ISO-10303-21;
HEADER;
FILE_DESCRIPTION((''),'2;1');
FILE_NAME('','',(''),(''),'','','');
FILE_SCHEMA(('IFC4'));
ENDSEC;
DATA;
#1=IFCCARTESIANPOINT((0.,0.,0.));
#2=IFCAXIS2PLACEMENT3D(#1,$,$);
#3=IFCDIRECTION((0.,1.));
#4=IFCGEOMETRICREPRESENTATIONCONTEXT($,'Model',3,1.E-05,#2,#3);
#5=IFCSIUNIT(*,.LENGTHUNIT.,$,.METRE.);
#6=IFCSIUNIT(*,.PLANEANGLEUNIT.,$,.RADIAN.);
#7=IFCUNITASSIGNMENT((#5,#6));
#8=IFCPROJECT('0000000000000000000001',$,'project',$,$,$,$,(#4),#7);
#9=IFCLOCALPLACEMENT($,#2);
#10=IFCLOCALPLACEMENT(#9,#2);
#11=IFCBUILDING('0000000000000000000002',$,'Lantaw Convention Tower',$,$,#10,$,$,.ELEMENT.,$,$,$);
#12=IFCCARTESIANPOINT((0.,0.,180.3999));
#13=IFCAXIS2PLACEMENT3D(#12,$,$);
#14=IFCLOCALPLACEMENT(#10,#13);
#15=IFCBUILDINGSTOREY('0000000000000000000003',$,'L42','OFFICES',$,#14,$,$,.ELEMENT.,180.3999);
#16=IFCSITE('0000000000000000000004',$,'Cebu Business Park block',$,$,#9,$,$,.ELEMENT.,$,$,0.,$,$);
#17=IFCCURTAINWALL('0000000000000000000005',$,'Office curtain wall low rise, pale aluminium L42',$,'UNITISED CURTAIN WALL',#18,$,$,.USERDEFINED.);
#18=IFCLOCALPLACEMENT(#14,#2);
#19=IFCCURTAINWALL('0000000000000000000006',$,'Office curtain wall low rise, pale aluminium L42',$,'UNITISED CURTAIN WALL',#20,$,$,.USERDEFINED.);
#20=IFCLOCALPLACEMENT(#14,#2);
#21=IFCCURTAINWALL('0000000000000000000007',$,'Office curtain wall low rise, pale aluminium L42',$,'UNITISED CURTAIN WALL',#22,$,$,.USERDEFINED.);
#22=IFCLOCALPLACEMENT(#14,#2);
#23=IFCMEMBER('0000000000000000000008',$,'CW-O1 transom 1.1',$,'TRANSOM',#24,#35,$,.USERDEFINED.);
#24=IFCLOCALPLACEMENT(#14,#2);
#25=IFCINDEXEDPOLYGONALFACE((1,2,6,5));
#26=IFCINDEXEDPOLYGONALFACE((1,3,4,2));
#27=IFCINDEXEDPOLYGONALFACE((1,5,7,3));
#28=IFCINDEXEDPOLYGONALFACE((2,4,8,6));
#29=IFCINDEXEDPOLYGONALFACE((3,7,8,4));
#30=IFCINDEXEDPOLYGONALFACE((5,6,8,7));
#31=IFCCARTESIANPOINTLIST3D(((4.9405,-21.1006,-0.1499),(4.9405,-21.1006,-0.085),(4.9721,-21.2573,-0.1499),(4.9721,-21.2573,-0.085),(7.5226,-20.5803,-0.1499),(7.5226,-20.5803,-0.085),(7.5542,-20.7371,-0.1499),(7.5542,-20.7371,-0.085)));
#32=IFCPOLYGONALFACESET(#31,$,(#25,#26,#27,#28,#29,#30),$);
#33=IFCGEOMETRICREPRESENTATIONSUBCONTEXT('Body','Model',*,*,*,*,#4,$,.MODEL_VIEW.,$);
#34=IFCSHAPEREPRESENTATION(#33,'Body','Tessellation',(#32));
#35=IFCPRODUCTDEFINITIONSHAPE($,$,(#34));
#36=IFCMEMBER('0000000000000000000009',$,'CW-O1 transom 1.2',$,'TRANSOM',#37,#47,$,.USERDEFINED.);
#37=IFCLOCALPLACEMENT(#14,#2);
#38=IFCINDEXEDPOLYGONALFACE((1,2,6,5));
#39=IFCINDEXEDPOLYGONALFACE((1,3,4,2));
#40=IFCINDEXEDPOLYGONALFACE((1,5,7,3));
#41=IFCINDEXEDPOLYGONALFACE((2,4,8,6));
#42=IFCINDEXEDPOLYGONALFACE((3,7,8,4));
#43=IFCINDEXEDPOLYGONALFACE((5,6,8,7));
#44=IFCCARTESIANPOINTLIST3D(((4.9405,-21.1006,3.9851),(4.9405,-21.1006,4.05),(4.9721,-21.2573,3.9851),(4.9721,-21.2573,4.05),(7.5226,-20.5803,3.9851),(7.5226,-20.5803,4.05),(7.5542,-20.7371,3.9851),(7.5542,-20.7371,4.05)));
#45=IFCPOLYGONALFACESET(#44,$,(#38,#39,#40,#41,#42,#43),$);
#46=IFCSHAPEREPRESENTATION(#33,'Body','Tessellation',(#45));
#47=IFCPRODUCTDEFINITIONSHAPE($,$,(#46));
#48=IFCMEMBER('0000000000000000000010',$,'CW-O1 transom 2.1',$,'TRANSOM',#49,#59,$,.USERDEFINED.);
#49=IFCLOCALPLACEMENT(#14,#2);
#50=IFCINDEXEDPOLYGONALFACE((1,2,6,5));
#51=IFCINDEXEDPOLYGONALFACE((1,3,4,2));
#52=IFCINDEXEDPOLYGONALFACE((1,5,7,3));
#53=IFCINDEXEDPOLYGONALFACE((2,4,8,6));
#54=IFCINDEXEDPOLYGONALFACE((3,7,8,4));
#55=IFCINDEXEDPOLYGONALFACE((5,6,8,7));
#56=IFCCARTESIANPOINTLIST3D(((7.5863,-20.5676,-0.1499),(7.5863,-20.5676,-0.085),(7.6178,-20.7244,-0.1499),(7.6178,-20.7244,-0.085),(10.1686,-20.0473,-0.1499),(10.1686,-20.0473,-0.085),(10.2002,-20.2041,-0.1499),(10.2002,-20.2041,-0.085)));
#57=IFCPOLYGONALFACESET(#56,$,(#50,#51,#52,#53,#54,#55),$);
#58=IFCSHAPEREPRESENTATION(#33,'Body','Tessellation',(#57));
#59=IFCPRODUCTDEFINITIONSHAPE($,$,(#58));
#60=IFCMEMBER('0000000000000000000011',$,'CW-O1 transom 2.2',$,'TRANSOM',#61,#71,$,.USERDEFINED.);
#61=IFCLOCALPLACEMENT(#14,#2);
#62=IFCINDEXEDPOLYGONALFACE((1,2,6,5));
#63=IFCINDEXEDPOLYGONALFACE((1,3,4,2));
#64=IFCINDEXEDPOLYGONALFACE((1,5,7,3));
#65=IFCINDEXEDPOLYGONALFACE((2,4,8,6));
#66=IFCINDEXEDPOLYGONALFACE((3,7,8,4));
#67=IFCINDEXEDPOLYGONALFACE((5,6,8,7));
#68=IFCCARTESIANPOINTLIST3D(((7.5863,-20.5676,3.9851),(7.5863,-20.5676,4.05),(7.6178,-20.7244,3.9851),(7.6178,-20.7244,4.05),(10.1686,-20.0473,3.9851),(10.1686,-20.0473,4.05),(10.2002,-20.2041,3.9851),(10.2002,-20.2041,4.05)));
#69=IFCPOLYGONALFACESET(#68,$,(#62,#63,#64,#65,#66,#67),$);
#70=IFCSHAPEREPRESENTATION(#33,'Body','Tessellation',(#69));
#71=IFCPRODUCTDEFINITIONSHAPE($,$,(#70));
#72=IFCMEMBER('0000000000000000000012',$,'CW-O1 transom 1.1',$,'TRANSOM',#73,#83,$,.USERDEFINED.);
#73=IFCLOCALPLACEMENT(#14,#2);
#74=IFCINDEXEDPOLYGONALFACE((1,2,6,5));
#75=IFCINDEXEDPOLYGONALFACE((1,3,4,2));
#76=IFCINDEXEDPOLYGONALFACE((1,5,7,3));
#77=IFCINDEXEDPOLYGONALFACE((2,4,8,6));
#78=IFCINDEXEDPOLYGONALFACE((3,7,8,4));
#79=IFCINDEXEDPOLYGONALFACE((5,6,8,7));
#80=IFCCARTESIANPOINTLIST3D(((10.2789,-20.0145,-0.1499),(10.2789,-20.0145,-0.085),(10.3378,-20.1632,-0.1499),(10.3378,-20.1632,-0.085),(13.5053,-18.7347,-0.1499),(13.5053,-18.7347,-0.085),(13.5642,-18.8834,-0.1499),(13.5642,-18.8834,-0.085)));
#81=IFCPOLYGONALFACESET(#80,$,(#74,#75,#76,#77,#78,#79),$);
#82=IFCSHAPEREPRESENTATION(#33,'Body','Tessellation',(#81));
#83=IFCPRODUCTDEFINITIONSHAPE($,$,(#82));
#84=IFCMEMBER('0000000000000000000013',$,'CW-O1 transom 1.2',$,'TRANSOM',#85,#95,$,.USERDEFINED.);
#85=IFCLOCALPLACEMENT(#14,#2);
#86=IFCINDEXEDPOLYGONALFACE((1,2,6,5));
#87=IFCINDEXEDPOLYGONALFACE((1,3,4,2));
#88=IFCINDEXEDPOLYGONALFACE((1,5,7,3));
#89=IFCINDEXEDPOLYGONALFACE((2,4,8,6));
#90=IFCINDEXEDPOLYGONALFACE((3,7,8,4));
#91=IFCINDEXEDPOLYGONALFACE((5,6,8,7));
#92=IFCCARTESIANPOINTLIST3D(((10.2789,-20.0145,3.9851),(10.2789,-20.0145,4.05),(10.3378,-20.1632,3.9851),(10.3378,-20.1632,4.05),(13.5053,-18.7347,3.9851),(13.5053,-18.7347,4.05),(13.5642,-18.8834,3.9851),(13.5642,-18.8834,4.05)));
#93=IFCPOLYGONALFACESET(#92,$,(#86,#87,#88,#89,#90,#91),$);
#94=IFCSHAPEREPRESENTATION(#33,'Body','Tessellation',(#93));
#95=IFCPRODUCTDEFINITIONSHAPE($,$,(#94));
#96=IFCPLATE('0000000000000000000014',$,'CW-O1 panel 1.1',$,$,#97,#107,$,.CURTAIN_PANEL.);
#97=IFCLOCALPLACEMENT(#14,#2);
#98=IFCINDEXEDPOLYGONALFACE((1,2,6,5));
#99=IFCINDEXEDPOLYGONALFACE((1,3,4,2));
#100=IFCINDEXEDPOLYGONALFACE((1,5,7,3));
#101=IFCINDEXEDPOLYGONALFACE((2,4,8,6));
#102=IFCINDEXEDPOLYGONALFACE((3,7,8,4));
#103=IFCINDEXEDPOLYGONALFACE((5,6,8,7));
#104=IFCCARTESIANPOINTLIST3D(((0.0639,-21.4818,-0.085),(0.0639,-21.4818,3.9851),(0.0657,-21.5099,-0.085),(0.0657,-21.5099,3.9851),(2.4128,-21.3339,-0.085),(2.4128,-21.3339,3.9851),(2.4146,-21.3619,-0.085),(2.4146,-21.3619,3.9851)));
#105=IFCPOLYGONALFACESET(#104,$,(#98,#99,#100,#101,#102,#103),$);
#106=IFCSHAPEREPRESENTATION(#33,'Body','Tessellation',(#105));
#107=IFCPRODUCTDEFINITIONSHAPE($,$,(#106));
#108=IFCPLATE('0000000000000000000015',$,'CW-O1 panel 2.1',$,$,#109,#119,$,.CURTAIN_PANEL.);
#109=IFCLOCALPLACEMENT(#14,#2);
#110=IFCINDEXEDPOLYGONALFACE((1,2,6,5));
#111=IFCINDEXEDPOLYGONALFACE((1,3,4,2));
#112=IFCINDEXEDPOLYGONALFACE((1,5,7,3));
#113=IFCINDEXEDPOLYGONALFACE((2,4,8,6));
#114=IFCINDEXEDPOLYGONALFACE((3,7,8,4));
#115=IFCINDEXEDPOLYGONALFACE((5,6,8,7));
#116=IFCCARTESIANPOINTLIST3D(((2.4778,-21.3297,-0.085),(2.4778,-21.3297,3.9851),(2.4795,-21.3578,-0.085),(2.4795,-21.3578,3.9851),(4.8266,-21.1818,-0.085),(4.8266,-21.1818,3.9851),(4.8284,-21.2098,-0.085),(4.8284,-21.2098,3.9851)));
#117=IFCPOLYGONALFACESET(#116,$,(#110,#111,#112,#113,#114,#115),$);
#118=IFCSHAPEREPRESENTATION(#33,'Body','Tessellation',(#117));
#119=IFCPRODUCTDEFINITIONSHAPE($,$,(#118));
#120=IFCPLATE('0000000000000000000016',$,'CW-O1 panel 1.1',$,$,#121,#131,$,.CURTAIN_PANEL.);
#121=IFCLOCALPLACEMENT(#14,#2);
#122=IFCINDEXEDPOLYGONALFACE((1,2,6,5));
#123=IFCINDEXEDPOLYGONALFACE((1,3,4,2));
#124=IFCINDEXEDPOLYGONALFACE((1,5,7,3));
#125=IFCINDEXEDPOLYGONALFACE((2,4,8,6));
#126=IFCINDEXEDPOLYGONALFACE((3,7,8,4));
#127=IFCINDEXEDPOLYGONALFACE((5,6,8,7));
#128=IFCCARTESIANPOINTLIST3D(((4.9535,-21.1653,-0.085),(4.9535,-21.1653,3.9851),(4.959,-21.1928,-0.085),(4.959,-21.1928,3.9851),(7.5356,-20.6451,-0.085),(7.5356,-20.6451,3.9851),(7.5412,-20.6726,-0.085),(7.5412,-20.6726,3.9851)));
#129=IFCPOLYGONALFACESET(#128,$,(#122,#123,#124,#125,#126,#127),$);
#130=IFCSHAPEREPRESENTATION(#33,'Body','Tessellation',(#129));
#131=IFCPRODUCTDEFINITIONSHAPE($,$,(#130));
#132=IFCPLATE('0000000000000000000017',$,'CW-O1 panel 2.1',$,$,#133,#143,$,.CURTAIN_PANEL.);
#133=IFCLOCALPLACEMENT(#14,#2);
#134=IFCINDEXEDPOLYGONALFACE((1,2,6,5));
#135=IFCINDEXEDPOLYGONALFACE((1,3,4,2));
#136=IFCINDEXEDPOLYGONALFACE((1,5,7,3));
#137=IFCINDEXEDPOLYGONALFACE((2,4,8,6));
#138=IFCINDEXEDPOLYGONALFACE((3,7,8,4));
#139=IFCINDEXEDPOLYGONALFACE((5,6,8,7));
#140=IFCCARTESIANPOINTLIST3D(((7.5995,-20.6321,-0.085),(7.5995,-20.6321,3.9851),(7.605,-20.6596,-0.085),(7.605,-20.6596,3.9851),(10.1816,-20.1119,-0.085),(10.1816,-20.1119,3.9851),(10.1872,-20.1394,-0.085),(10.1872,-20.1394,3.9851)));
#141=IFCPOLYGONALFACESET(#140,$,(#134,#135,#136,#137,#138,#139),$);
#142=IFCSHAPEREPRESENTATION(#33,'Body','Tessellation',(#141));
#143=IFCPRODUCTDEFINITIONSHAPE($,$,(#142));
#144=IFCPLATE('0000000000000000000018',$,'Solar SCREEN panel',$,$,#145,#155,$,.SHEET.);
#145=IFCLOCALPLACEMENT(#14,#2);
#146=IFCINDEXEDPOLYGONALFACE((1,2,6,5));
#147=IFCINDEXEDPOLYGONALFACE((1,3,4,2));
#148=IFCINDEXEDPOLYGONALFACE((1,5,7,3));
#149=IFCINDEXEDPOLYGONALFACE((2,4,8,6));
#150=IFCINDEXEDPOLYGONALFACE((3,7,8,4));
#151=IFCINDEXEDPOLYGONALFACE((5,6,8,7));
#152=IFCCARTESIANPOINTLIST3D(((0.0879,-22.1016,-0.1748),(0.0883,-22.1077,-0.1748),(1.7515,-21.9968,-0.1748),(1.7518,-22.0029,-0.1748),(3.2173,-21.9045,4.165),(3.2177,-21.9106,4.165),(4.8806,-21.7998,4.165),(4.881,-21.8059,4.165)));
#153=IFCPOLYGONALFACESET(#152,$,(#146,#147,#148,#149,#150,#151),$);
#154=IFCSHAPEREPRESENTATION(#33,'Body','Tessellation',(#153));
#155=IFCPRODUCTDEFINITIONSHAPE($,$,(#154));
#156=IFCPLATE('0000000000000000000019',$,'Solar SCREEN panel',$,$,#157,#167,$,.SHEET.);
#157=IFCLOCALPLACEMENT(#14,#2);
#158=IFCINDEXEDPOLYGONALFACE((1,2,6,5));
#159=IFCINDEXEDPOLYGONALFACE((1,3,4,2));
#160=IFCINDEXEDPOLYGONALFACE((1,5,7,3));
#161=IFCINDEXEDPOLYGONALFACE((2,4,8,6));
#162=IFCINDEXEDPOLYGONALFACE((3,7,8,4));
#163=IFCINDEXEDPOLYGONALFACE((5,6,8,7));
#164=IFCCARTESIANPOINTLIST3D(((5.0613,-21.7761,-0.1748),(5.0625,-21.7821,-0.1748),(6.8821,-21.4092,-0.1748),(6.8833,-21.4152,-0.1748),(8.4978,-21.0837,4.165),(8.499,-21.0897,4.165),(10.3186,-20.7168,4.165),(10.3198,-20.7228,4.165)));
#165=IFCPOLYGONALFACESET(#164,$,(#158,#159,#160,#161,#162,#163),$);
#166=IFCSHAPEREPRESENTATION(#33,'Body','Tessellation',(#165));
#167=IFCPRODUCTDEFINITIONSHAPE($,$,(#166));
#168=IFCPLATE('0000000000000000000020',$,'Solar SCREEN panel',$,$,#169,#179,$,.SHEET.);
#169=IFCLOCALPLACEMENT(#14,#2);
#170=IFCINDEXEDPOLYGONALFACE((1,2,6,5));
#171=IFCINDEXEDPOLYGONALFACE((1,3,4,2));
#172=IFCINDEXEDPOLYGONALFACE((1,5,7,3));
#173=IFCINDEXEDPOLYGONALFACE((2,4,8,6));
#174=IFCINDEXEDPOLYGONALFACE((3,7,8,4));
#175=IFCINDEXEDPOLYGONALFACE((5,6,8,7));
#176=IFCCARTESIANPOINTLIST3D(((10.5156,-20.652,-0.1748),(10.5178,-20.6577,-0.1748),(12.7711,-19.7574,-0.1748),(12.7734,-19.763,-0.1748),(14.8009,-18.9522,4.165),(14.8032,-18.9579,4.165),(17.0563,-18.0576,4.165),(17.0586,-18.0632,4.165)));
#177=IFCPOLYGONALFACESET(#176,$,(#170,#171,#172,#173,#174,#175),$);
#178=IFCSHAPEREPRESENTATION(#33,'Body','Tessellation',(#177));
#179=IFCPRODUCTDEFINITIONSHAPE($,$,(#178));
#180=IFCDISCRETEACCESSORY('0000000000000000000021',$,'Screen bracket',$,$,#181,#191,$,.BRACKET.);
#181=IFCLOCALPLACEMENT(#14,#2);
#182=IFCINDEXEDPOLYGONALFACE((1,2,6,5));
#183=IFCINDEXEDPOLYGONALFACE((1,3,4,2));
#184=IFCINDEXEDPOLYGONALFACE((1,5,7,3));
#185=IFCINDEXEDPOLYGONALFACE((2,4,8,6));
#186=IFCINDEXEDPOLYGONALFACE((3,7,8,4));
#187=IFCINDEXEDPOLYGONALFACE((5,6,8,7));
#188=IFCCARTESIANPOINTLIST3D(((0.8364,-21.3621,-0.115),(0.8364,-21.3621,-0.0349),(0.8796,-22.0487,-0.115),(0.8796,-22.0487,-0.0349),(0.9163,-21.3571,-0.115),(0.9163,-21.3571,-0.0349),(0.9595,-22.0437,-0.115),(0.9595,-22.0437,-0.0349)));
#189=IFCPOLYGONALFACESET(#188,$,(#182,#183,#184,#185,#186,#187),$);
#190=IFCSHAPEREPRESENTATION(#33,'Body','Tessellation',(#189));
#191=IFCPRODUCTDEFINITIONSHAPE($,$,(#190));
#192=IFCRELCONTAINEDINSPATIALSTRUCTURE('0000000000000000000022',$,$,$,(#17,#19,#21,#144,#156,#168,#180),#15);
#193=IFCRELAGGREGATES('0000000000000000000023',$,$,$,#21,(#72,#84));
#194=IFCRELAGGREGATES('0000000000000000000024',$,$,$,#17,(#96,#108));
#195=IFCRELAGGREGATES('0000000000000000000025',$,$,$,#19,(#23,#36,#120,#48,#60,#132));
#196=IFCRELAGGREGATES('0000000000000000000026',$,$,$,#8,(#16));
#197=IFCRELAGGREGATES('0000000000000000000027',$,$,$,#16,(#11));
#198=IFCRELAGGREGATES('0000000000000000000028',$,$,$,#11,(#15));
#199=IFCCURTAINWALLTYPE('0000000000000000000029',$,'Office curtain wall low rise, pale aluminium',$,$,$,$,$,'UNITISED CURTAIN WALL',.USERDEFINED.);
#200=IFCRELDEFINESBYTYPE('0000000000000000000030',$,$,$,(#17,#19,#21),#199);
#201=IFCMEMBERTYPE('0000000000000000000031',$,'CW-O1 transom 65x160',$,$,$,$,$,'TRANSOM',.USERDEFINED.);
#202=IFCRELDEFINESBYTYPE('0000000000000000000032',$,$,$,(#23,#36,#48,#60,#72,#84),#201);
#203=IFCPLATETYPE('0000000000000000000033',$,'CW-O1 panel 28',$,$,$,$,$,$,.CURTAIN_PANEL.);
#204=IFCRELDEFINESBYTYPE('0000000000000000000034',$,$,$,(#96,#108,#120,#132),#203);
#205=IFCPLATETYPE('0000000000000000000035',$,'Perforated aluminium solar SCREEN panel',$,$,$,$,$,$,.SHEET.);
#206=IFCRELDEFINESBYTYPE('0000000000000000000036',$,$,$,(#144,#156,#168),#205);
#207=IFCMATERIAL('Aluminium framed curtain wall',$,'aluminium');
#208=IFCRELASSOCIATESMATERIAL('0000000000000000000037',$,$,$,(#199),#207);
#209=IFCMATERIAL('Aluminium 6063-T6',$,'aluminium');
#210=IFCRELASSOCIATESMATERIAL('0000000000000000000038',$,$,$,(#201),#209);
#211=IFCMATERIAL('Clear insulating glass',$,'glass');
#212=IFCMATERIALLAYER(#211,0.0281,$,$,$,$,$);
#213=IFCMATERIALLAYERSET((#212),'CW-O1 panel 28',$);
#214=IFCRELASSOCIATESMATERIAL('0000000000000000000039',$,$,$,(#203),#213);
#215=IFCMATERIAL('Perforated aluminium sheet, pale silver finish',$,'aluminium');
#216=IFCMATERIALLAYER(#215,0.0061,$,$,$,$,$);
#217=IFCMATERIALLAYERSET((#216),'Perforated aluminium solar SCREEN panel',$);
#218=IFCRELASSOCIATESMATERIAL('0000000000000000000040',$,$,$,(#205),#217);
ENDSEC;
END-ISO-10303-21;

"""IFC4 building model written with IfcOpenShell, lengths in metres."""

from ifc_helpers import new_model, si_unit, direction, frame, origin, origin_2d, place, context, subcontext, project, spatial, polyline, rectangle, outline, extrude, material, layer, layer_set, material_profile, profile_set, type_object, element, aggregate, save


model = new_model("IFC4")

# Units and contexts
model_context = context("Model", 3, precision=1e-05, world=origin(), true_north=direction((0.0, 1.0)))
body_context = subcontext(model_context, "Body", "Model", "MODEL_VIEW")
ifc_project = project(units=[si_unit("LENGTHUNIT", "METRE"), si_unit("PLANEANGLEUNIT", "RADIAN")], contexts=[model_context])

# Site, building, storey
site_placement = place(None, origin())
site = spatial("IfcSite", under=ifc_project, at=site_placement, Name="Cebu Business Park block", CompositionType="ELEMENT", RefElevation=0.0)
building_placement = place(site_placement, origin())
building = spatial("IfcBuilding", under=site, at=building_placement, Name="Lantaw Convention Tower", CompositionType="ELEMENT")
storey_placement = place(building_placement, frame((0.0, 0.0, 180.3999)))
storey = spatial("IfcBuildingStorey", under=building, at=storey_placement, Name="L42", Description="OFFICES", CompositionType="ELEMENT", Elevation=180.3999)

# Curtain walls
ifc_material_1 = material(Name="Aluminium framed curtain wall", Category="aluminium")
curtain_wall_type = type_object("IfcCurtainWallType", Name="Office curtain wall low rise, pale aluminium", ElementType="UNITISED CURTAIN WALL", PredefinedType="USERDEFINED", material=ifc_material_1)
curtain_wall_1_placement = place(storey_placement, origin())
curtain_wall_1 = element("IfcCurtainWall", 1, at=curtain_wall_1_placement, inside=storey, type_object=curtain_wall_type, Name="Office curtain wall low rise, pale aluminium L42", ObjectType="UNITISED CURTAIN WALL", PredefinedType="USERDEFINED")
ifc_material_2 = material(Name="Aluminium 6063-T6", Category="aluminium")
curtain_wall_2_placement = place(storey_placement, origin())
curtain_wall_2 = element("IfcCurtainWall", 2, at=curtain_wall_2_placement, inside=storey, type_object=curtain_wall_type, Name="Office curtain wall low rise, pale aluminium L42", ObjectType="UNITISED CURTAIN WALL", PredefinedType="USERDEFINED")

# Curtain wall
curtain_wall_3_placement = place(storey_placement, origin())
curtain_wall_3 = element("IfcCurtainWall", 3, at=curtain_wall_3_placement, inside=storey, type_object=curtain_wall_type, Name="Office curtain wall low rise, pale aluminium L42", ObjectType="UNITISED CURTAIN WALL", PredefinedType="USERDEFINED")

# Members
ifc_material_profile_1 = material_profile(ifc_material_2, rectangle(XDim=0.1599, YDim=0.0649, at=origin_2d()), Name="CW-O1 transom 65x160")
ifc_profile_set_1 = profile_set([ifc_material_profile_1], Name="Aluminium 6063-T6")
member_type_1 = type_object("IfcMemberType", Name="CW-O1 transom 65x160", ElementType="TRANSOM", PredefinedType="USERDEFINED", material=ifc_profile_set_1)
member_1_placement = place(storey_placement, frame((4.9563, -21.179, -0.1174), z_axis=(0.980298, 0.197524, 0.0), x_axis=(-0.197524, 0.980298, 0.0)))
member_1 = element("IfcMember", 4, at=member_1_placement, type_object=member_type_1, Name="CW-O1 transom 1.1", ObjectType="TRANSOM", PredefinedType="USERDEFINED", context=body_context, shape_type="SweptSolid", body=[
    extrude(rectangle(XDim=0.1599, YDim=0.0649, at=origin_2d()), origin(), (0.0, 0.0, 1.0), 2.634),
])
member_2_placement = place(storey_placement, frame((4.9563, -21.179, 4.0176), z_axis=(0.980298, 0.197524, 0.0), x_axis=(-0.197524, 0.980298, 0.0)))
member_2 = element("IfcMember", 5, at=member_2_placement, type_object=member_type_1, Name="CW-O1 transom 1.2", ObjectType="TRANSOM", PredefinedType="USERDEFINED", context=body_context, shape_type="SweptSolid", body=[
    extrude(rectangle(XDim=0.1599, YDim=0.0649, at=origin_2d()), origin(), (0.0, 0.0, 1.0), 2.634),
])
member_3_placement = place(storey_placement, frame((7.6021, -20.646, -0.1174), z_axis=(0.980302, 0.197506, 0.0), x_axis=(-0.197506, 0.980302, 0.0)))
member_3 = element("IfcMember", 6, at=member_3_placement, type_object=member_type_1, Name="CW-O1 transom 2.1", ObjectType="TRANSOM", PredefinedType="USERDEFINED", context=body_context, shape_type="SweptSolid", body=[
    extrude(rectangle(XDim=0.1599, YDim=0.0649, at=origin_2d()), origin(), (0.0, 0.0, 1.0), 2.6343),
])
member_4_placement = place(storey_placement, frame((7.6021, -20.646, 4.0176), z_axis=(0.980302, 0.197506, 0.0), x_axis=(-0.197506, 0.980302, 0.0)))
member_4 = element("IfcMember", 7, at=member_4_placement, type_object=member_type_1, Name="CW-O1 transom 2.2", ObjectType="TRANSOM", PredefinedType="USERDEFINED", context=body_context, shape_type="SweptSolid", body=[
    extrude(rectangle(XDim=0.1599, YDim=0.0649, at=origin_2d()), origin(), (0.0, 0.0, 1.0), 2.6343),
])
member_5_placement = place(storey_placement, frame((10.3083, -20.0889, -0.1174), z_axis=(0.92954, 0.368721, 0.0), x_axis=(-0.368721, 0.92954, 0.0)))
member_5 = element("IfcMember", 8, at=member_5_placement, type_object=member_type_1, Name="CW-O1 transom 1.1", ObjectType="TRANSOM", PredefinedType="USERDEFINED", context=body_context, shape_type="SweptSolid", body=[
    extrude(rectangle(XDim=0.1599, YDim=0.0649, at=origin_2d()), origin(), (0.0, 0.0, 1.0), 3.4709),
])
member_6_placement = place(storey_placement, frame((10.3083, -20.0889, 4.0176), z_axis=(0.92954, 0.368721, 0.0), x_axis=(-0.368721, 0.92954, 0.0)))
member_6 = element("IfcMember", 9, at=member_6_placement, type_object=member_type_1, Name="CW-O1 transom 1.2", ObjectType="TRANSOM", PredefinedType="USERDEFINED", context=body_context, shape_type="SweptSolid", body=[
    extrude(rectangle(XDim=0.1599, YDim=0.0649, at=origin_2d()), origin(), (0.0, 0.0, 1.0), 3.4709),
])
aggregate(curtain_wall_3, [member_5, member_6])

# Plates
ifc_material_3 = material(Name="Clear insulating glass", Category="glass")
ifc_layer_1 = layer(ifc_material_3, 0.0281)
ifc_layer_set_1 = layer_set([ifc_layer_1], Name="CW-O1 panel 28")
plate_type_1 = type_object("IfcPlateType", Name="CW-O1 panel 28", PredefinedType="CURTAIN_PANEL", material=ifc_layer_set_1)
plate_1_placement = place(storey_placement, frame((1.2393, -21.4219, -0.085), z_axis=(0.0, 0.0, 1.0), x_axis=(0.998022, 0.062865, 0.0)))
plate_1 = element("IfcPlate", 10, at=plate_1_placement, type_object=plate_type_1, Name="CW-O1 panel 1.1", PredefinedType="CURTAIN_PANEL", context=body_context, shape_type="SweptSolid", body=[
    extrude(rectangle(XDim=2.3535, YDim=0.0281, at=origin_2d()), origin(), (0.0, 0.0, 1.0), 4.0701),
])
plate_2_placement = place(storey_placement, frame((3.6531, -21.2698, -0.085), z_axis=(0.0, 0.0, 1.0), x_axis=(0.998022, 0.062865, 0.0)))
plate_2 = element("IfcPlate", 11, at=plate_2_placement, type_object=plate_type_1, Name="CW-O1 panel 2.1", PredefinedType="CURTAIN_PANEL", context=body_context, shape_type="SweptSolid", body=[
    extrude(rectangle(XDim=2.3535, YDim=0.0281, at=origin_2d()), origin(), (0.0, 0.0, 1.0), 4.0701),
])
aggregate(curtain_wall_1, [plate_1, plate_2])
plate_3_placement = place(storey_placement, frame((6.2473, -20.9189, -0.085), z_axis=(0.0, 0.0, 1.0), x_axis=(0.980302, 0.197507, 0.0)))
plate_3 = element("IfcPlate", 12, at=plate_3_placement, type_object=plate_type_1, Name="CW-O1 panel 1.1", PredefinedType="CURTAIN_PANEL", context=body_context, shape_type="SweptSolid", body=[
    extrude(rectangle(XDim=2.634, YDim=0.0281, at=origin_2d()), origin(), (0.0, 0.0, 1.0), 4.0701),
])
plate_4_placement = place(storey_placement, frame((8.8933, -20.3857, -0.085), z_axis=(0.0, 0.0, 1.0), x_axis=(0.980302, 0.197507, 0.0)))
plate_4 = element("IfcPlate", 13, at=plate_4_placement, type_object=plate_type_1, Name="CW-O1 panel 2.1", PredefinedType="CURTAIN_PANEL", context=body_context, shape_type="SweptSolid", body=[
    extrude(rectangle(XDim=2.634, YDim=0.0281, at=origin_2d()), origin(), (0.0, 0.0, 1.0), 4.0701),
])
aggregate(curtain_wall_2, [member_1, member_2, plate_3, member_3, member_4, plate_4])

# Plates
ifc_material_4 = material(Name="Perforated aluminium sheet, pale silver finish", Category="aluminium")
ifc_layer_2 = layer(ifc_material_4, 0.0061)
ifc_layer_set_2 = layer_set([ifc_layer_2], Name="Perforated aluminium solar SCREEN panel")
plate_type_2 = type_object("IfcPlateType", Name="Perforated aluminium solar SCREEN panel", PredefinedType="SHEET", material=ifc_layer_set_2)
plate_5_placement = place(storey_placement, frame((0.0879, -22.1016, -0.1748), z_axis=(-0.062839, 0.998024, 0.000002), x_axis=(0.998024, 0.062839, 0.0)))
element("IfcPlate", 14, at=plate_5_placement, inside=storey, type_object=plate_type_2, Name="Solar SCREEN panel", PredefinedType="SHEET", context=body_context, shape_type="SweptSolid", body=[
    extrude(outline(polyline([(0.0, 0.0), (1.6669, 0.0), (4.8022, -4.3398), (3.1356, -4.3398), (0.0, 0.0)])), origin(), (0.0, 0.0, -1.0), 0.0061),
])
plate_6_placement = place(storey_placement, frame((5.0613, -21.7761, -0.1748), z_axis=(-0.197557, 0.980291, 0.000039), x_axis=(0.980291, 0.197557, 0.0)))
element("IfcPlate", 15, at=plate_6_placement, inside=storey, type_object=plate_type_2, Name="Solar SCREEN panel", PredefinedType="SHEET", context=body_context, shape_type="SweptSolid", body=[
    extrude(outline(polyline([(0.0, 0.0), (1.8574, 0.0), (5.363, -4.3398), (3.5056, -4.3398), (0.0, 0.0)])), origin(), (0.0, 0.0, -1.0), 0.0061),
])
plate_7_placement = place(storey_placement, frame((10.5178, -20.6577, -0.1748), z_axis=(0.368709, -0.929545, 0.000011), x_axis=(0.929545, 0.368709, 0.0)))
element("IfcPlate", 16, at=plate_7_placement, inside=storey, type_object=plate_type_2, Name="Solar SCREEN panel", PredefinedType="SHEET", context=body_context, shape_type="SweptSolid", body=[
    extrude(outline(polyline([(0.0, 0.0), (2.4265, 0.0), (7.0365, 4.3398), (4.6102, 4.3398), (0.0, 0.0)])), origin(), (0.0, 0.0, -1.0), 0.0061),
])

# Discrete accessory
for number, where, z_axis, x_axis, name in (
    (17, (0.8979, -21.7029, -0.115), (0.0, 0.0, 1.0), (0.998022, 0.062865, 0.0), "Screen bracket"),
):
    element("IfcDiscreteAccessory", number, at=place(storey_placement, frame(where, z_axis=z_axis, x_axis=x_axis)), inside=storey, Name=name, PredefinedType="BRACKET", context=body_context, shape_type="SweptSolid", body=[
        extrude(rectangle(XDim=0.0801, YDim=0.688, at=origin_2d()), origin(), (0.0, 0.0, 1.0), 0.0801),
    ])

save(model, "model.ifc")
